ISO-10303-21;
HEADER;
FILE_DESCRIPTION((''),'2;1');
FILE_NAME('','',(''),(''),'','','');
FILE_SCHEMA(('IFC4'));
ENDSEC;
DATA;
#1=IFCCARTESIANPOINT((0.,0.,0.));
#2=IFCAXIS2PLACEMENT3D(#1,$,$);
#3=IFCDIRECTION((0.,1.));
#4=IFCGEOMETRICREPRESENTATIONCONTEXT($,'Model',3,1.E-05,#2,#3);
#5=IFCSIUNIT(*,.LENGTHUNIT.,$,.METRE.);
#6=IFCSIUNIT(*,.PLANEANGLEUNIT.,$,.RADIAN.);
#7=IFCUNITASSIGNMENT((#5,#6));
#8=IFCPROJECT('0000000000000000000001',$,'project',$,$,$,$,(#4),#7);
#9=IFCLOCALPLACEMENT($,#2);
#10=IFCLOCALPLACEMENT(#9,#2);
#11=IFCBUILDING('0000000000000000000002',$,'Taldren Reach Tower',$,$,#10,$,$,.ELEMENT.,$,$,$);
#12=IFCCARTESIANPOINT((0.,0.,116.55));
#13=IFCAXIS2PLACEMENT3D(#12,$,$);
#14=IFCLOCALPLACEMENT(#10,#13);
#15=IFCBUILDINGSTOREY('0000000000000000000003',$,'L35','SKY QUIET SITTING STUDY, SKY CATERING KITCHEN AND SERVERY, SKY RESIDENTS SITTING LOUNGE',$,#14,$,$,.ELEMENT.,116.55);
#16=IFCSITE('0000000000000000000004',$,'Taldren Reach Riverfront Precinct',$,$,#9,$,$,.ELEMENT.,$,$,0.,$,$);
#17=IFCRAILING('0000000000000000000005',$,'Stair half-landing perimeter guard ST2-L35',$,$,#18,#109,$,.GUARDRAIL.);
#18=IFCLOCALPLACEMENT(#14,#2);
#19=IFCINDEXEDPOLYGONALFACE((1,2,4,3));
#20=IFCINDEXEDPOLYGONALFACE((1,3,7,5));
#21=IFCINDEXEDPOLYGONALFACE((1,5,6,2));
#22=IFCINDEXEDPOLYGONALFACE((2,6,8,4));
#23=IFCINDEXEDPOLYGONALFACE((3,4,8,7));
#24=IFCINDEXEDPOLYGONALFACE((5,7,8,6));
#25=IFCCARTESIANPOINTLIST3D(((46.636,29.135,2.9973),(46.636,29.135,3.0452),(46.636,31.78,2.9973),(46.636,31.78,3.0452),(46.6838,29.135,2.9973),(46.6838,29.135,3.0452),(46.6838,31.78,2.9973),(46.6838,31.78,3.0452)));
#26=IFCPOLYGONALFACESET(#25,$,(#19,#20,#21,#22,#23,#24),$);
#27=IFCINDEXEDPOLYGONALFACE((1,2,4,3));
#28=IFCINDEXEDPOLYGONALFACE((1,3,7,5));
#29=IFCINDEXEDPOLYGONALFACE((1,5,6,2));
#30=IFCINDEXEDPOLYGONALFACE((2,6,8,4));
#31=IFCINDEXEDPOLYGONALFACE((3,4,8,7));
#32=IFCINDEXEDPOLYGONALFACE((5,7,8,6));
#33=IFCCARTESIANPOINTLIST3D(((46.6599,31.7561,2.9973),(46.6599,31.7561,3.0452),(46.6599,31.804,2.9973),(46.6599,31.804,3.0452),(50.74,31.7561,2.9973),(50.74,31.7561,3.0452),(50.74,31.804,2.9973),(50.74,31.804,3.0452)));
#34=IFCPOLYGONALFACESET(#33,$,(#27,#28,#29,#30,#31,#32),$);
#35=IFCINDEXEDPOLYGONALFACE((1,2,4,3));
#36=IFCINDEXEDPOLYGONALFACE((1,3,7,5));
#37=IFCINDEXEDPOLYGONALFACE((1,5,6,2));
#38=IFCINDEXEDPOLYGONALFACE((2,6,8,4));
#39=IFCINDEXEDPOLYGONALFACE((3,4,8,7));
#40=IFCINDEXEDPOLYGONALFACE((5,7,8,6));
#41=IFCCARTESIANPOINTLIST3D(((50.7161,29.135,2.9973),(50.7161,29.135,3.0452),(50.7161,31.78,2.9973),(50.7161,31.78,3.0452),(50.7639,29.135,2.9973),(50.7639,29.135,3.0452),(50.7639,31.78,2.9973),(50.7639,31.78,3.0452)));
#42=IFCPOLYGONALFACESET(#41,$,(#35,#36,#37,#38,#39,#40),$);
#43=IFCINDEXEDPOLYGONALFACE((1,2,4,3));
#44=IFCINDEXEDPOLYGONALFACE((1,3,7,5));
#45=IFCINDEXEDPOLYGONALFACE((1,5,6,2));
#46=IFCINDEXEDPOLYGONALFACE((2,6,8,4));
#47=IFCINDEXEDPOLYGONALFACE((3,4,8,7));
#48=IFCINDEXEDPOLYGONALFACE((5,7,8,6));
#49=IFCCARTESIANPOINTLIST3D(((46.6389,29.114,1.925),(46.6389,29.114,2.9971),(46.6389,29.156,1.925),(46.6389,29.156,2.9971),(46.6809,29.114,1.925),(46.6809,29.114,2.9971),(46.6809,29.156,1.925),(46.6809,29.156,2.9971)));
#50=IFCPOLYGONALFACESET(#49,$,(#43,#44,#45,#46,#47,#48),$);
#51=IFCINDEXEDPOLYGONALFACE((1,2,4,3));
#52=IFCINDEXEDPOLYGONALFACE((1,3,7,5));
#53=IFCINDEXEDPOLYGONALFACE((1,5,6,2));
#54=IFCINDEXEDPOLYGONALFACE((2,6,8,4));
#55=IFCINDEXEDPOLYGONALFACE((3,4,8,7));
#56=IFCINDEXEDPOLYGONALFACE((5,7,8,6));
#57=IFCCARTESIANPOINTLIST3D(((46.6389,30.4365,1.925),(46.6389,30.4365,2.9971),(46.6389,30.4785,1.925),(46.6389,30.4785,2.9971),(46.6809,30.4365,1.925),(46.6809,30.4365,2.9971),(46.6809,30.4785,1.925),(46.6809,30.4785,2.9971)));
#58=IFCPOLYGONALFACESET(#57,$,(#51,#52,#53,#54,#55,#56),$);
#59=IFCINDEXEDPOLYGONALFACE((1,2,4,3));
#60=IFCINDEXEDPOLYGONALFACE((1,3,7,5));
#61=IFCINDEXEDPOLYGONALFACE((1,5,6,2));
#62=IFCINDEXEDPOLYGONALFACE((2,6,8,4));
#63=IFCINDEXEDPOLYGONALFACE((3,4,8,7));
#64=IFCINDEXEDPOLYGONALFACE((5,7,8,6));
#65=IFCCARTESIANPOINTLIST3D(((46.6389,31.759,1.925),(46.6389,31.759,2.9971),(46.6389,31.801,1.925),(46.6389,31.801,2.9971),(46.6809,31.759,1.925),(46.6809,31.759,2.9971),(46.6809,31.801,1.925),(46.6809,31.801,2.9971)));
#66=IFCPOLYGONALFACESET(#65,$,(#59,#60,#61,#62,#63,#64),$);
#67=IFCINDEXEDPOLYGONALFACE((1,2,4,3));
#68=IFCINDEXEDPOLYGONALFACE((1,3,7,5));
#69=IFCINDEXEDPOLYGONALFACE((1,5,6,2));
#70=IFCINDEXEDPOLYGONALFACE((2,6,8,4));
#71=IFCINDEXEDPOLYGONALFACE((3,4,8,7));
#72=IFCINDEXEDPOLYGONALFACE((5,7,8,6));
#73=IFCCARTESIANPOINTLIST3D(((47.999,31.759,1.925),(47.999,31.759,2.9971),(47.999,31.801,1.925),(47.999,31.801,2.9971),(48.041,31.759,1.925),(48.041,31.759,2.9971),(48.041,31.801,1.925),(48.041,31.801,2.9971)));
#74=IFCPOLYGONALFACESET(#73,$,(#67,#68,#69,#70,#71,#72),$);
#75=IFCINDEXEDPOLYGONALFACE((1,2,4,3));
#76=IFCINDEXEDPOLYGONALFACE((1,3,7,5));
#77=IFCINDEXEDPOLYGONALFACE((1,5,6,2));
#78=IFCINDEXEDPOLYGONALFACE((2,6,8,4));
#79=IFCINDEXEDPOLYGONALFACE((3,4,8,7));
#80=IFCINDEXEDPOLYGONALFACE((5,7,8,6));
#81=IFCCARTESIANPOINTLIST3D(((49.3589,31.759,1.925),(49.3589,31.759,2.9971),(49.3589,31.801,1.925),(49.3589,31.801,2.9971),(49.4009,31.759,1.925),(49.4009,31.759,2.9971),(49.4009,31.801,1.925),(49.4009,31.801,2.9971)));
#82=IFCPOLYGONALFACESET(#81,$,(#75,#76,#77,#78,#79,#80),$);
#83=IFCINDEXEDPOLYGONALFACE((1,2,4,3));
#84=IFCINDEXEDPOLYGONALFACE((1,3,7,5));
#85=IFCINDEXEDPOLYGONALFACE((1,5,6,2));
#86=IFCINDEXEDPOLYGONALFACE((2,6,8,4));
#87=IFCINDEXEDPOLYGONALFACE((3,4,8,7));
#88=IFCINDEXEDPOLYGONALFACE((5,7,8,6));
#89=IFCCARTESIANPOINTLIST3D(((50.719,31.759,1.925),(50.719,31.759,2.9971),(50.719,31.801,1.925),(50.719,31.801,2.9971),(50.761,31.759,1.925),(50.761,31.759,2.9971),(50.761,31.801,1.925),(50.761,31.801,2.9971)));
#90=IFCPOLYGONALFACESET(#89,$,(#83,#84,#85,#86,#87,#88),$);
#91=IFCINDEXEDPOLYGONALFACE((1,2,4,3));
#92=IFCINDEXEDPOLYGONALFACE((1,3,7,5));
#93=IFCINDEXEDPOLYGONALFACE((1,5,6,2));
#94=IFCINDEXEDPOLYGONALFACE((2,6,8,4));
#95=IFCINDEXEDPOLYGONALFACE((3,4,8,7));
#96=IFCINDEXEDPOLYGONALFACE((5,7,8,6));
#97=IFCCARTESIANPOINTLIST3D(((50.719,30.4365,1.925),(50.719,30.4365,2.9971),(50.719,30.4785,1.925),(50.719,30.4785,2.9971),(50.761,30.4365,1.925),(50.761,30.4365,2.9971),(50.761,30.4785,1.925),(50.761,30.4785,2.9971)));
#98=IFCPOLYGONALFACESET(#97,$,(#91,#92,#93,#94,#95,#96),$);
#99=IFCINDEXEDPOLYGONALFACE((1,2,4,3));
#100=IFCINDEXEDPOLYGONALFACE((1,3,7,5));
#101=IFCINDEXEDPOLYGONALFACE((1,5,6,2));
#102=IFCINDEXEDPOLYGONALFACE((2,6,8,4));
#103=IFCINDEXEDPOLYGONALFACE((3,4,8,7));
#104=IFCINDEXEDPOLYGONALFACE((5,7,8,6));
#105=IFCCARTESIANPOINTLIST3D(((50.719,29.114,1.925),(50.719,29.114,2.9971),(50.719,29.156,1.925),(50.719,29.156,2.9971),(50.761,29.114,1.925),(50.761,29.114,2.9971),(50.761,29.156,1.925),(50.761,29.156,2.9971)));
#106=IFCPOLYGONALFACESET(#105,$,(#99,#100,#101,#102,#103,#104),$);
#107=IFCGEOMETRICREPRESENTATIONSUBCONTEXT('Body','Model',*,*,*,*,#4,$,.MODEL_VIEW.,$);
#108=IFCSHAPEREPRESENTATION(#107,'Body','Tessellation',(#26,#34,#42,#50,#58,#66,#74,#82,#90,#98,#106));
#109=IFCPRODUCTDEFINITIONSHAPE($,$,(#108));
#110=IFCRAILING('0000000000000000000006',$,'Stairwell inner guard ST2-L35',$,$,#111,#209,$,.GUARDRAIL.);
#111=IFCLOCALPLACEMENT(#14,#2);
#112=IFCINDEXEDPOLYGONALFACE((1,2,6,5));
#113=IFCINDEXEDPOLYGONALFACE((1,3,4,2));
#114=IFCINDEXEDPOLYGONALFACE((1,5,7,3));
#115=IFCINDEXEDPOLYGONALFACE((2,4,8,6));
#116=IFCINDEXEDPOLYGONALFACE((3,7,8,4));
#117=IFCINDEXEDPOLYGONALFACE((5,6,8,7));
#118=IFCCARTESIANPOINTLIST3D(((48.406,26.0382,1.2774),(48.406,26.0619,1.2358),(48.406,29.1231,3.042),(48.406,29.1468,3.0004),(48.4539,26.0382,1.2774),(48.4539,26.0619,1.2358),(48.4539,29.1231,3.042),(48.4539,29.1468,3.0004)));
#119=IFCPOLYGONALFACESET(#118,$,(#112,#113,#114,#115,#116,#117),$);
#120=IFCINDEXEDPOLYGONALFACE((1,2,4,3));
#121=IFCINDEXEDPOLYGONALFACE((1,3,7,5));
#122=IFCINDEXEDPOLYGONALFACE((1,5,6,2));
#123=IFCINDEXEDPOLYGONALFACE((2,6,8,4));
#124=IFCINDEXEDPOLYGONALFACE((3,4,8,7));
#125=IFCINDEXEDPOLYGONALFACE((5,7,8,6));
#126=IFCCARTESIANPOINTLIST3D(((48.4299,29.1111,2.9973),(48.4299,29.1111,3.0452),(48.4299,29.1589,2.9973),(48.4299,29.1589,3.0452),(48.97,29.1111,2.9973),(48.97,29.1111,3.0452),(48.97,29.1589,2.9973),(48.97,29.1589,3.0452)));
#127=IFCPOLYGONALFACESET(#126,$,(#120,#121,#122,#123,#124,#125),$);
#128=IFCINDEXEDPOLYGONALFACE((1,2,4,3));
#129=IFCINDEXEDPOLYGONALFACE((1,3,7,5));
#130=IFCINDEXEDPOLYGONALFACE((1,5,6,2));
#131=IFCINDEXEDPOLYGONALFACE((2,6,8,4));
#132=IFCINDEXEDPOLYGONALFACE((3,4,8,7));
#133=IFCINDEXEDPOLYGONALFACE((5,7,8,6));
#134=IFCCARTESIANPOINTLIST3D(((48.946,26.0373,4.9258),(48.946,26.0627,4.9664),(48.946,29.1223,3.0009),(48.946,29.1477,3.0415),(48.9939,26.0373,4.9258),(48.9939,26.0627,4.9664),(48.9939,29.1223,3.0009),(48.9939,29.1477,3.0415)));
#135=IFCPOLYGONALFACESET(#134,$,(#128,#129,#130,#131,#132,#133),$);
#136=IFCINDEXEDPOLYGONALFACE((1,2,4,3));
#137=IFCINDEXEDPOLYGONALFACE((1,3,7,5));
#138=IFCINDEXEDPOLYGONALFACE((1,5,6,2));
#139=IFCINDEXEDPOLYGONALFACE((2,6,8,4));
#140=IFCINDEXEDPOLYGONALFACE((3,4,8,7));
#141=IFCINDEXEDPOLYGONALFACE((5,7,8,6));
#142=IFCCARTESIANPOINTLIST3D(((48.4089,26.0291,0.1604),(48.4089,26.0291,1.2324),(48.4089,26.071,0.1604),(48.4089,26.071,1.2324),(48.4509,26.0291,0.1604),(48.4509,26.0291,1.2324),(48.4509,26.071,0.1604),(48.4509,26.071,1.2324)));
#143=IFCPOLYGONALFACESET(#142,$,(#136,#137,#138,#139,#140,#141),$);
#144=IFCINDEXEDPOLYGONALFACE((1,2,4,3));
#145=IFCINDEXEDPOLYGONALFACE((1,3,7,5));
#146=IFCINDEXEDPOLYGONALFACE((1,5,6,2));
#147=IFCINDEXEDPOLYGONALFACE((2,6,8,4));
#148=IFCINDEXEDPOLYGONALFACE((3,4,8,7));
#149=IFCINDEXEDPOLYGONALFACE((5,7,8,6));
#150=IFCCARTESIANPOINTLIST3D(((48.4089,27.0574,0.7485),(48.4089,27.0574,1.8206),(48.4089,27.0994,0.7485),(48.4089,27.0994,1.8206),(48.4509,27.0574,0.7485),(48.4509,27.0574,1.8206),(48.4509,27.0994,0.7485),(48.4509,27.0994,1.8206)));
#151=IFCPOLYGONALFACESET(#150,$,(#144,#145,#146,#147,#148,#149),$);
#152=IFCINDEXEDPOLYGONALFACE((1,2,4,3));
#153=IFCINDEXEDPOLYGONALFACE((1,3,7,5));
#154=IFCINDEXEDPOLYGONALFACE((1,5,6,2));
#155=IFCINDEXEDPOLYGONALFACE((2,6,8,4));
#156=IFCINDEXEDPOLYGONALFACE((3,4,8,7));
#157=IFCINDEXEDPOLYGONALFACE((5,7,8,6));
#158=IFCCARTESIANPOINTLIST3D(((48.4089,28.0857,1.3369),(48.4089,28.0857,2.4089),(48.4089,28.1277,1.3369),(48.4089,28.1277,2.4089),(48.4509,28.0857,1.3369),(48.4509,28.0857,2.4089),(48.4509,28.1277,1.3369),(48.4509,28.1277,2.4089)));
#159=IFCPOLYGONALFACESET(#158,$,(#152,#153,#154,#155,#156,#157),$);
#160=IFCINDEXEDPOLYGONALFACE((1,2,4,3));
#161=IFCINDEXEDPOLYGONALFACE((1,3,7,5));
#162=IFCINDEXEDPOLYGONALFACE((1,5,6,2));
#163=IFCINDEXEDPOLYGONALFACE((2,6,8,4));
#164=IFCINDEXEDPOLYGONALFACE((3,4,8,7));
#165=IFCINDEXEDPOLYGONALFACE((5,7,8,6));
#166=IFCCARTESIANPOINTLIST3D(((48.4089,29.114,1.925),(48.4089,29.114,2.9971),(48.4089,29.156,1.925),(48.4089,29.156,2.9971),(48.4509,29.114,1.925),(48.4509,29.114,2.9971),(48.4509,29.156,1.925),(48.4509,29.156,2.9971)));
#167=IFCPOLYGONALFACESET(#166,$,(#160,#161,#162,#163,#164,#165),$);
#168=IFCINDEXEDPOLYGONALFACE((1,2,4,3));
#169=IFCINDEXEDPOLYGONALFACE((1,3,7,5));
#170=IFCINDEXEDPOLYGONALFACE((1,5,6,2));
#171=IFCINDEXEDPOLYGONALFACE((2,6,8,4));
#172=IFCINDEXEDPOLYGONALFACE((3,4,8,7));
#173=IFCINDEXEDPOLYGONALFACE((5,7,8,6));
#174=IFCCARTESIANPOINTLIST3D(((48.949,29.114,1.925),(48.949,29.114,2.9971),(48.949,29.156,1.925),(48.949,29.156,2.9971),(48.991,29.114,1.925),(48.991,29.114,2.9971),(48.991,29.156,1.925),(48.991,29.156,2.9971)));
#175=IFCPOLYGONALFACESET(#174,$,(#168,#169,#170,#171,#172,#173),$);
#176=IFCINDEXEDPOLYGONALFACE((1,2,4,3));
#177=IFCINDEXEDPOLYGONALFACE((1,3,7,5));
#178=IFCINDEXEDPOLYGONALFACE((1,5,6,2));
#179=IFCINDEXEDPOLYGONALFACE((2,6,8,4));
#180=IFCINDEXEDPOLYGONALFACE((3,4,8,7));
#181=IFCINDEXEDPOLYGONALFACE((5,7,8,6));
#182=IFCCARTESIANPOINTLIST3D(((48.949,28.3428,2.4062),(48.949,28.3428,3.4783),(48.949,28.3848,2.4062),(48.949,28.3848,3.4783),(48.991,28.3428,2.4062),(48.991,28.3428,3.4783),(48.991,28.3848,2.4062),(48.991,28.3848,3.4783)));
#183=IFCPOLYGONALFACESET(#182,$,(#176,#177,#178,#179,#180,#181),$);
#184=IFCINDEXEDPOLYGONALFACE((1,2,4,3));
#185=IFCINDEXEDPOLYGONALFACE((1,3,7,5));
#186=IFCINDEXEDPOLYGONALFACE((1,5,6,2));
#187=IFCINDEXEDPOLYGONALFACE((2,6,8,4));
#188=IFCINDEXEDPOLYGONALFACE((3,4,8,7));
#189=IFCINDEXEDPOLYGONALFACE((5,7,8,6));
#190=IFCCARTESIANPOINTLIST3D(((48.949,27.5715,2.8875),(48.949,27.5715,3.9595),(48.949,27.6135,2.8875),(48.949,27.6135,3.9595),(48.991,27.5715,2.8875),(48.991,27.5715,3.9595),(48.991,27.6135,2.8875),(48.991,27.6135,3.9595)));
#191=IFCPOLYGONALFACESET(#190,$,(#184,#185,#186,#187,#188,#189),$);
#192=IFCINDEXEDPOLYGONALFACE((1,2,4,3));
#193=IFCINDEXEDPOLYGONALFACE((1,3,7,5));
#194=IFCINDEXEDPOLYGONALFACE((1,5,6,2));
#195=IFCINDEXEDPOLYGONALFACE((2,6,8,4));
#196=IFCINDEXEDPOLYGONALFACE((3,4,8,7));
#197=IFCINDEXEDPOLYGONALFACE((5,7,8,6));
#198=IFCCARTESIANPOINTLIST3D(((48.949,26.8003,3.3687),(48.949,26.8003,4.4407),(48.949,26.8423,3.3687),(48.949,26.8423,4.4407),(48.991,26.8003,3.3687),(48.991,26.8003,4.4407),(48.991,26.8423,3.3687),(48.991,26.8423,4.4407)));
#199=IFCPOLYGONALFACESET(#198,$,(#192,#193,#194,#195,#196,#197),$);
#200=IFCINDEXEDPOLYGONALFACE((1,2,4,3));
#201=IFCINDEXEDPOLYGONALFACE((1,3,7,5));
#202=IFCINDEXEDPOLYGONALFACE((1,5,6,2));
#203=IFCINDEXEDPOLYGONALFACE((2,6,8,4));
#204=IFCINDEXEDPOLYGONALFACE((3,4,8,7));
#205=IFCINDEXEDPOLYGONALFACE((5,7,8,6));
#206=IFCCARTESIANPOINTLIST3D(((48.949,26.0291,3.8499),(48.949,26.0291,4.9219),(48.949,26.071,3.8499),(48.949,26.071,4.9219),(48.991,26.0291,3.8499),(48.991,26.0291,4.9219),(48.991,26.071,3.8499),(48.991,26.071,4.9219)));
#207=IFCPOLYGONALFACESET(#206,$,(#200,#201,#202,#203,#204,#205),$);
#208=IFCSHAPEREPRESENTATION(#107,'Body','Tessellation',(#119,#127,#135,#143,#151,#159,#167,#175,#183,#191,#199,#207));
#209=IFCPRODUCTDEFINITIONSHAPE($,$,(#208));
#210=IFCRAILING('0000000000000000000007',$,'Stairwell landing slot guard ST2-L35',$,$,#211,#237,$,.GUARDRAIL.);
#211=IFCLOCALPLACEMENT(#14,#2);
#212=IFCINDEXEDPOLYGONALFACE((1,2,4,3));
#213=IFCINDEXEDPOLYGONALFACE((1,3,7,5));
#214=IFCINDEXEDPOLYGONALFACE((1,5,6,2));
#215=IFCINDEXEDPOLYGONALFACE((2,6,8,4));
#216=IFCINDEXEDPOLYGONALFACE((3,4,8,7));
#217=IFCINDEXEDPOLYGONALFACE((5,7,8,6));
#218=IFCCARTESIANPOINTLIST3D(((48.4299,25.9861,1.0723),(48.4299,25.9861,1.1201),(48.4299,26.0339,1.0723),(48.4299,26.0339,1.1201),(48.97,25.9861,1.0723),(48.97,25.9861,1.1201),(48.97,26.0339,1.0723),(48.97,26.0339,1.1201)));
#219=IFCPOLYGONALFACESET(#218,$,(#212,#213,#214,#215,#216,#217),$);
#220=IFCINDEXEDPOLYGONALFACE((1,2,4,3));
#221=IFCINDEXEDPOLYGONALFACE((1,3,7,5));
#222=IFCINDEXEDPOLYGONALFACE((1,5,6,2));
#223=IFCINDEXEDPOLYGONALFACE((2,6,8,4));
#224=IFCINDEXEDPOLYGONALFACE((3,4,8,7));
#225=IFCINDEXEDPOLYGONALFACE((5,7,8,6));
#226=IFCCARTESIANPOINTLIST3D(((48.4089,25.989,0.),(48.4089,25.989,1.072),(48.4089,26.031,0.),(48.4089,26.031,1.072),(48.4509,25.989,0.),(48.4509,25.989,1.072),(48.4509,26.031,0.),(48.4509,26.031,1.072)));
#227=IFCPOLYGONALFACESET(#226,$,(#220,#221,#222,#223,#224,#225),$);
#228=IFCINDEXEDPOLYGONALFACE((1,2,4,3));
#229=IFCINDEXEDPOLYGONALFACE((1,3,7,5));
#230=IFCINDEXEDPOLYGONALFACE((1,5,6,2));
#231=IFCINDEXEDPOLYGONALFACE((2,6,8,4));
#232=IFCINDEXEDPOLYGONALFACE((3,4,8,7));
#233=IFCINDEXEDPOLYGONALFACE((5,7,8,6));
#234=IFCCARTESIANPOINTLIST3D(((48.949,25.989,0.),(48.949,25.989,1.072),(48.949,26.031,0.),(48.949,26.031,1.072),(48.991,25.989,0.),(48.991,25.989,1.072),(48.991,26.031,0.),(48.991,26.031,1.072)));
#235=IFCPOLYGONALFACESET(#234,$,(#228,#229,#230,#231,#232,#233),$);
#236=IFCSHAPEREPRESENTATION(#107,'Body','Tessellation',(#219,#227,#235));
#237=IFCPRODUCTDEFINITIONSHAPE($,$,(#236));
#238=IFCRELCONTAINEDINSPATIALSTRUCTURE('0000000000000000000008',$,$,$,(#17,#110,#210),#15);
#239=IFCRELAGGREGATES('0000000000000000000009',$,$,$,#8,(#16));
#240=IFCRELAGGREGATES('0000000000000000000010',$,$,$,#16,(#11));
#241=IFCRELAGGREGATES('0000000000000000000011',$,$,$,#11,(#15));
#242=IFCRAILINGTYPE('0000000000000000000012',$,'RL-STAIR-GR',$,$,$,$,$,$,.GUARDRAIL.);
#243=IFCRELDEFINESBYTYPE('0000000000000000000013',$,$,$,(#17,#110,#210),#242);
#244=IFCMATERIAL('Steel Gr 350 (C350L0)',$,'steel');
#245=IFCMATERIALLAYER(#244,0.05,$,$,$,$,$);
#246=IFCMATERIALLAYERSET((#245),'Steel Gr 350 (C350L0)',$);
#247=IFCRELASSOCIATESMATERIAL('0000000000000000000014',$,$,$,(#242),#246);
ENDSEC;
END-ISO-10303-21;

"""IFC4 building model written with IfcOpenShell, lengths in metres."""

from ifc_helpers import new_model, si_unit, direction, frame, origin, origin_2d, place, context, subcontext, project, spatial, rectangle, extrude, material, layer, layer_set, type_object, element, save


model = new_model("IFC4")

# Units and contexts
model_context = context("Model", 3, precision=1e-05, world=origin(), true_north=direction((0.0, 1.0)))
body_context = subcontext(model_context, "Body", "Model", "MODEL_VIEW")
ifc_project = project(units=[si_unit("LENGTHUNIT", "METRE"), si_unit("PLANEANGLEUNIT", "RADIAN")], contexts=[model_context])

# Site, building, storey
site_placement = place(None, origin())
site = spatial("IfcSite", under=ifc_project, at=site_placement, Name="Taldren Reach Riverfront Precinct", CompositionType="ELEMENT", RefElevation=0.0)
building_placement = place(site_placement, origin())
building = spatial("IfcBuilding", under=site, at=building_placement, Name="Taldren Reach Tower", CompositionType="ELEMENT")
storey_placement = place(building_placement, frame((0.0, 0.0, 116.55)))
storey = spatial("IfcBuildingStorey", under=building, at=storey_placement, Name="L35", Description="SKY QUIET SITTING STUDY, SKY CATERING KITCHEN AND SERVERY, SKY RESIDENTS SITTING LOUNGE", CompositionType="ELEMENT", Elevation=116.55)

# Shared definitions
ifc_material_1 = material(Name="Steel Gr 350 (C350L0)", Category="steel")

# Railings
ifc_layer_1 = layer(ifc_material_1, 0.05)
ifc_layer_set_1 = layer_set([ifc_layer_1], Name="Steel Gr 350 (C350L0)")
railing_type_1 = type_object("IfcRailingType", Name="RL-STAIR-GR", PredefinedType="GUARDRAIL", material=ifc_layer_set_1)
railing_1_placement = place(storey_placement, frame((46.6599, 29.135, 1.925)))
element("IfcRailing", 1, at=railing_1_placement, inside=storey, type_object=railing_type_1, Name="Stair half-landing perimeter guard ST2-L35", PredefinedType="GUARDRAIL", context=body_context, shape_type="SweptSolid", body=[
    extrude(rectangle(XDim=0.0479, YDim=0.0479, at=origin_2d()), frame((0.0, 0.0, 1.0962), z_axis=(0.0, 1.0, 0.0), x_axis=(-1.0, 0.0, 0.0)), (0.0, 0.0, 1.0), 2.645),
    extrude(rectangle(XDim=0.0479, YDim=0.0479, at=origin_2d()), frame((0.0, 2.645, 1.0962), z_axis=(1.0, 0.0, 0.0), x_axis=(0.0, 1.0, 0.0)), (0.0, 0.0, 1.0), 4.0801),
    extrude(rectangle(XDim=0.0479, YDim=0.0479, at=origin_2d()), frame((4.0801, 2.645, 1.0962), z_axis=(0.0, -1.0, 0.0), x_axis=(1.0, 0.0, 0.0)), (0.0, 0.0, 1.0), 2.645),
    extrude(rectangle(XDim=0.042, YDim=0.042, at=origin_2d()), origin(), (0.0, 0.0, 1.0), 1.072),
    extrude(rectangle(XDim=0.042, YDim=0.042, at=origin_2d()), frame((0.0, 1.3225, 0.0)), (0.0, 0.0, 1.0), 1.072),
    extrude(rectangle(XDim=0.042, YDim=0.042, at=origin_2d()), frame((0.0, 2.645, 0.0)), (0.0, 0.0, 1.0), 1.072),
    extrude(rectangle(XDim=0.042, YDim=0.042, at=origin_2d()), frame((1.3601, 2.645, 0.0)), (0.0, 0.0, 1.0), 1.072),
    extrude(rectangle(XDim=0.042, YDim=0.042, at=origin_2d()), frame((2.72, 2.645, 0.0)), (0.0, 0.0, 1.0), 1.072),
    extrude(rectangle(XDim=0.042, YDim=0.042, at=origin_2d()), frame((4.0801, 2.645, 0.0)), (0.0, 0.0, 1.0), 1.072),
    extrude(rectangle(XDim=0.042, YDim=0.042, at=origin_2d()), frame((4.0801, 1.3225, 0.0)), (0.0, 0.0, 1.0), 1.072),
    extrude(rectangle(XDim=0.042, YDim=0.042, at=origin_2d()), frame((4.0801, 0.0, 0.0)), (0.0, 0.0, 1.0), 1.072),
])
railing_2_placement = place(storey_placement, frame((48.4299, 26.05, 0.1604)))
element("IfcRailing", 2, at=railing_2_placement, inside=storey, type_object=railing_type_1, Name="Stairwell inner guard ST2-L35", PredefinedType="GUARDRAIL", context=body_context, shape_type="SweptSolid", body=[
    extrude(rectangle(XDim=0.0479, YDim=0.0479, at=origin_2d()), frame((0.0, 0.0, 1.0962), z_axis=(0.0, 0.868023, 0.496524), x_axis=(-1.0, 0.0, 0.0)), (0.0, 0.0, 1.0), 3.554),
    extrude(rectangle(XDim=0.0479, YDim=0.0479, at=origin_2d()), frame((0.0, 3.085, 2.8608), z_axis=(1.0, 0.0, 0.0), x_axis=(0.0, 1.0, 0.0)), (0.0, 0.0, 1.0), 0.54),
    extrude(rectangle(XDim=0.0479, YDim=0.0479, at=origin_2d()), frame((0.54, 3.085, 2.8608), z_axis=(0.0, -0.848405, 0.529347), x_axis=(1.0, 0.0, 0.0)), (0.0, 0.0, 1.0), 3.6362),
    extrude(rectangle(XDim=0.042, YDim=0.042, at=origin_2d()), origin(), (0.0, 0.0, 1.0), 1.072),
    extrude(rectangle(XDim=0.042, YDim=0.042, at=origin_2d()), frame((0.0, 1.0283, 0.5881)), (0.0, 0.0, 1.0), 1.072),
    extrude(rectangle(XDim=0.042, YDim=0.042, at=origin_2d()), frame((0.0, 2.0566, 1.1765)), (0.0, 0.0, 1.0), 1.072),
    extrude(rectangle(XDim=0.042, YDim=0.042, at=origin_2d()), frame((0.0, 3.085, 1.7646)), (0.0, 0.0, 1.0), 1.072),
    extrude(rectangle(XDim=0.042, YDim=0.042, at=origin_2d()), frame((0.54, 3.085, 1.7646)), (0.0, 0.0, 1.0), 1.072),
    extrude(rectangle(XDim=0.042, YDim=0.042, at=origin_2d()), frame((0.54, 2.3137, 2.2458)), (0.0, 0.0, 1.0), 1.072),
    extrude(rectangle(XDim=0.042, YDim=0.042, at=origin_2d()), frame((0.54, 1.5425, 2.7271)), (0.0, 0.0, 1.0), 1.072),
    extrude(rectangle(XDim=0.042, YDim=0.042, at=origin_2d()), frame((0.54, 0.7712, 3.2083)), (0.0, 0.0, 1.0), 1.072),
    extrude(rectangle(XDim=0.042, YDim=0.042, at=origin_2d()), frame((0.54, 0.0, 3.6895)), (0.0, 0.0, 1.0), 1.072),
])
railing_3_placement = place(storey_placement, frame((48.4299, 26.01, 0.0)))
element("IfcRailing", 3, at=railing_3_placement, inside=storey, type_object=railing_type_1, Name="Stairwell landing slot guard ST2-L35", PredefinedType="GUARDRAIL", context=body_context, shape_type="SweptSolid", body=[
    extrude(rectangle(XDim=0.0479, YDim=0.0479, at=origin_2d()), frame((0.0, 0.0, 1.0962), z_axis=(1.0, 0.0, 0.0), x_axis=(0.0, 1.0, 0.0)), (0.0, 0.0, 1.0), 0.54),
    extrude(rectangle(XDim=0.042, YDim=0.042, at=origin_2d()), origin(), (0.0, 0.0, 1.0), 1.072),
    extrude(rectangle(XDim=0.042, YDim=0.042, at=origin_2d()), frame((0.54, 0.0, 0.0)), (0.0, 0.0, 1.0), 1.072),
])

save(model, "model.ifc")
